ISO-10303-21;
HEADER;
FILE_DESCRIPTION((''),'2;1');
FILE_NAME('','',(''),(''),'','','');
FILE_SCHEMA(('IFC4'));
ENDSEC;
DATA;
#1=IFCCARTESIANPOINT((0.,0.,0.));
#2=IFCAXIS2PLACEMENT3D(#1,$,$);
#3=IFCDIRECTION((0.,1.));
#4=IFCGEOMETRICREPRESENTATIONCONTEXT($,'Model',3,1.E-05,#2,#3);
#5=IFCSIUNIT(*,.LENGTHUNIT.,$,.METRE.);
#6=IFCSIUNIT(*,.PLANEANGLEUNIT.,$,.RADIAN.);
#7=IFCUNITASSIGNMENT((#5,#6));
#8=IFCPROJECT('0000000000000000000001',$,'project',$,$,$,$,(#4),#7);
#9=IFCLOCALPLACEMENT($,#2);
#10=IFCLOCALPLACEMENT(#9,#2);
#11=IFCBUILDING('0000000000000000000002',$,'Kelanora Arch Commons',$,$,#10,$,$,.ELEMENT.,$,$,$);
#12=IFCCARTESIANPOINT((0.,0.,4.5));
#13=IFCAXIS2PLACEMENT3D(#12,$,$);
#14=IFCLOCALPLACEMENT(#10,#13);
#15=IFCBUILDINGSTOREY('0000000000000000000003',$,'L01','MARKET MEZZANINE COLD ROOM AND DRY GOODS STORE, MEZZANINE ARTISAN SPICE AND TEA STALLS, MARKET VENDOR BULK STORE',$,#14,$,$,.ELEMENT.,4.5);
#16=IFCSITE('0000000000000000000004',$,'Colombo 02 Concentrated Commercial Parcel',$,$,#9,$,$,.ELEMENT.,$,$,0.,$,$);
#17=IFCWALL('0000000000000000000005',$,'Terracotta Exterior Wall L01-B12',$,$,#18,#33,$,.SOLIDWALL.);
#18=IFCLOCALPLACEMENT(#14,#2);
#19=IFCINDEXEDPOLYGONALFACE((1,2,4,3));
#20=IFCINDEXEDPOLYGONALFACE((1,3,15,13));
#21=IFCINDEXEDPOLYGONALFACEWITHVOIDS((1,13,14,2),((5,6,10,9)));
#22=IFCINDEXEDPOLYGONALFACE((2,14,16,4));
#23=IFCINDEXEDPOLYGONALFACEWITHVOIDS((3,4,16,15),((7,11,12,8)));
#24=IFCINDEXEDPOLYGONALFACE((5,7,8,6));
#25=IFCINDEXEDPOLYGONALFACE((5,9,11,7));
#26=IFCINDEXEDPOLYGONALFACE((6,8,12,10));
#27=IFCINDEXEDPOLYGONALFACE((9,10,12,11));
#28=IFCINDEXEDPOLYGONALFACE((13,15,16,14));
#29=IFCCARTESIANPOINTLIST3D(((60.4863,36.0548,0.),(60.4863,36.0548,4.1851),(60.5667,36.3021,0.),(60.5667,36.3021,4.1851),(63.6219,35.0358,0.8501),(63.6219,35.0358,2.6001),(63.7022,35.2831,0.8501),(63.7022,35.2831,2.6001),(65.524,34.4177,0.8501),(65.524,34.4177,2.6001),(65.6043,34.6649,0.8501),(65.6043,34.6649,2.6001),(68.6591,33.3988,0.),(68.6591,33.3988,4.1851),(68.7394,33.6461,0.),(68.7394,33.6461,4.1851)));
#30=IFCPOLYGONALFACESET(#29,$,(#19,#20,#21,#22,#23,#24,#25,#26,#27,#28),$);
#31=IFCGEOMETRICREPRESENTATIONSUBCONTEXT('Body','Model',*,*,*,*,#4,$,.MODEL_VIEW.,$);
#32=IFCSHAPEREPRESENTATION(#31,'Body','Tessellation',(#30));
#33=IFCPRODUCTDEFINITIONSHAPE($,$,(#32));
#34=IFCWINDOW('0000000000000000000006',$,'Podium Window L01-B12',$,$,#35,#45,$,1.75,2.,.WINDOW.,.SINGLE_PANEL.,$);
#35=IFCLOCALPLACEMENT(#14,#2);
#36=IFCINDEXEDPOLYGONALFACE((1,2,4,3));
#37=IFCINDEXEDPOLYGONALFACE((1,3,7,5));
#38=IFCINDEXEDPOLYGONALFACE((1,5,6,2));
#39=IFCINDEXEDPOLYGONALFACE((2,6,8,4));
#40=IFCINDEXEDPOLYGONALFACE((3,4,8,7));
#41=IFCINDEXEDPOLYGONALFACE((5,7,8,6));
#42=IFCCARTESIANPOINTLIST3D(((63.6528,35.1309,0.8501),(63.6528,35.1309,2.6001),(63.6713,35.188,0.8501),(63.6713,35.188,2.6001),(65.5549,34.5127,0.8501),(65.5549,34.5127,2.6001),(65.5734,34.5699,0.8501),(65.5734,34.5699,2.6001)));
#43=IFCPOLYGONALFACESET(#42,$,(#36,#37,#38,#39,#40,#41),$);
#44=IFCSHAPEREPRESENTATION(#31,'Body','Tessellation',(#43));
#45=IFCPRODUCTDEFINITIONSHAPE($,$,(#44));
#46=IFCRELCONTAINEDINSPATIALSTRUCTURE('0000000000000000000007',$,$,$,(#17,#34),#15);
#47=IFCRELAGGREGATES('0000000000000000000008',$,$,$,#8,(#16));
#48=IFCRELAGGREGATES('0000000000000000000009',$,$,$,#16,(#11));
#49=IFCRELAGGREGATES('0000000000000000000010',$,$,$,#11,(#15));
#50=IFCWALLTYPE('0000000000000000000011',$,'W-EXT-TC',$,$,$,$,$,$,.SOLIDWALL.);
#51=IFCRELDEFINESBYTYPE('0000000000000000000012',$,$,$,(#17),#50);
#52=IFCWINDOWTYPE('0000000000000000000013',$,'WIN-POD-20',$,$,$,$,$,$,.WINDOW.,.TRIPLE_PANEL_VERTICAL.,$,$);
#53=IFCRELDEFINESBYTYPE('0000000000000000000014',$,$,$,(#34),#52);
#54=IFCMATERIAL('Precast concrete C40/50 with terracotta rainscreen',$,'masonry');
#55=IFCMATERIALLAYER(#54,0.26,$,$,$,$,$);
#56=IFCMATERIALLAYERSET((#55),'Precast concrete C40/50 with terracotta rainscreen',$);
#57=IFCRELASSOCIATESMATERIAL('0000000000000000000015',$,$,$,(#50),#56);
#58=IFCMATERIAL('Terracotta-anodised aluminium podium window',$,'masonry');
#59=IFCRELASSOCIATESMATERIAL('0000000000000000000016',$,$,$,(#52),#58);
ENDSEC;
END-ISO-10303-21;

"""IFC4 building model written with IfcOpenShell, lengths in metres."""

from ifc_helpers import new_model, si_unit, direction, frame, frame_2d, origin, place, context, subcontext, project, spatial, rectangle, extrude, material, layer, layer_set, type_object, element, fill, save


model = new_model("IFC4")

# Units and contexts
model_context = context("Model", 3, precision=1e-05, world=origin(), true_north=direction((0.0, 1.0)))
body_context = subcontext(model_context, "Body", "Model", "MODEL_VIEW")
ifc_project = project(units=[si_unit("LENGTHUNIT", "METRE"), si_unit("PLANEANGLEUNIT", "RADIAN")], contexts=[model_context])

# Site, building, storey
site_placement = place(None, origin())
site = spatial("IfcSite", under=ifc_project, at=site_placement, Name="Colombo 02 Concentrated Commercial Parcel", CompositionType="ELEMENT", RefElevation=0.0)
building_placement = place(site_placement, origin())
building = spatial("IfcBuilding", under=site, at=building_placement, Name="Kelanora Arch Commons", CompositionType="ELEMENT")
storey_placement = place(building_placement, frame((0.0, 0.0, 4.5)))
storey = spatial("IfcBuildingStorey", under=building, at=storey_placement, Name="L01", Description="MARKET MEZZANINE COLD ROOM AND DRY GOODS STORE, MEZZANINE ARTISAN SPICE AND TEA STALLS, MARKET VENDOR BULK STORE", CompositionType="ELEMENT", Elevation=4.5)

# Wall, opening, window
ifc_material_1 = material(Name="Precast concrete C40/50 with terracotta rainscreen", Category="masonry")
ifc_layer_1 = layer(ifc_material_1, 0.26)
ifc_layer_set_1 = layer_set([ifc_layer_1], Name="Precast concrete C40/50 with terracotta rainscreen")
wall_type_1 = type_object("IfcWallType", Name="W-EXT-TC", PredefinedType="SOLIDWALL", material=ifc_layer_set_1)
wall_1_placement = place(storey_placement, frame((60.5264, 36.1785, 0.0), z_axis=(0.0, 0.0, 1.0), x_axis=(0.95104, -0.309068, 0.0)))
wall_1 = element("IfcWall", 1, at=wall_1_placement, inside=storey, type_object=wall_type_1, Name="Terracotta Exterior Wall L01-B12", PredefinedType="SOLIDWALL", context=body_context, shape_type="SweptSolid", body=[
    extrude(rectangle(XDim=8.5935, YDim=0.26, at=frame_2d((4.2969, 0.0))), origin(), (0.0, 0.0, 1.0), 4.1851),
])
opening_1_placement = place(wall_1_placement, frame((3.2971, 0.0, 0.8501)))
opening_1 = element("IfcOpeningElement", 2, at=opening_1_placement, cuts=wall_1, PredefinedType="OPENING", context=body_context, shape_type="SweptSolid", body=[
    extrude(rectangle(XDim=2.0, YDim=1.75, at=frame_2d((1.0, 0.875))), frame((0.0, 0.1401, 0.0), z_axis=(0.0, -1.0, 0.0), x_axis=(1.0, 0.0, 0.0)), (0.0, 0.0, 1.0), 0.28),
])
ifc_material_2 = material(Name="Terracotta-anodised aluminium podium window", Category="masonry")
window_type_1 = type_object("IfcWindowType", Name="WIN-POD-20", PartitioningType="TRIPLE_PANEL_VERTICAL", PredefinedType="WINDOW", material=ifc_material_2)
window_1_placement = place(opening_1_placement, origin())
window_1 = element("IfcWindow", 3, at=window_1_placement, inside=storey, type_object=window_type_1, Name="Podium Window L01-B12", OverallHeight=1.75, OverallWidth=2.0, PartitioningType="SINGLE_PANEL", PredefinedType="WINDOW", context=body_context, shape_type="SweptSolid", body=[
    extrude(rectangle(XDim=2.0, YDim=1.75, at=frame_2d((1.0, 0.875))), frame((0.0, 0.03, 0.0), z_axis=(0.0, -1.0, 0.0), x_axis=(1.0, 0.0, 0.0)), (0.0, 0.0, 1.0), 0.0601),
])
fill(opening_1, window_1)

save(model, "model.ifc")
